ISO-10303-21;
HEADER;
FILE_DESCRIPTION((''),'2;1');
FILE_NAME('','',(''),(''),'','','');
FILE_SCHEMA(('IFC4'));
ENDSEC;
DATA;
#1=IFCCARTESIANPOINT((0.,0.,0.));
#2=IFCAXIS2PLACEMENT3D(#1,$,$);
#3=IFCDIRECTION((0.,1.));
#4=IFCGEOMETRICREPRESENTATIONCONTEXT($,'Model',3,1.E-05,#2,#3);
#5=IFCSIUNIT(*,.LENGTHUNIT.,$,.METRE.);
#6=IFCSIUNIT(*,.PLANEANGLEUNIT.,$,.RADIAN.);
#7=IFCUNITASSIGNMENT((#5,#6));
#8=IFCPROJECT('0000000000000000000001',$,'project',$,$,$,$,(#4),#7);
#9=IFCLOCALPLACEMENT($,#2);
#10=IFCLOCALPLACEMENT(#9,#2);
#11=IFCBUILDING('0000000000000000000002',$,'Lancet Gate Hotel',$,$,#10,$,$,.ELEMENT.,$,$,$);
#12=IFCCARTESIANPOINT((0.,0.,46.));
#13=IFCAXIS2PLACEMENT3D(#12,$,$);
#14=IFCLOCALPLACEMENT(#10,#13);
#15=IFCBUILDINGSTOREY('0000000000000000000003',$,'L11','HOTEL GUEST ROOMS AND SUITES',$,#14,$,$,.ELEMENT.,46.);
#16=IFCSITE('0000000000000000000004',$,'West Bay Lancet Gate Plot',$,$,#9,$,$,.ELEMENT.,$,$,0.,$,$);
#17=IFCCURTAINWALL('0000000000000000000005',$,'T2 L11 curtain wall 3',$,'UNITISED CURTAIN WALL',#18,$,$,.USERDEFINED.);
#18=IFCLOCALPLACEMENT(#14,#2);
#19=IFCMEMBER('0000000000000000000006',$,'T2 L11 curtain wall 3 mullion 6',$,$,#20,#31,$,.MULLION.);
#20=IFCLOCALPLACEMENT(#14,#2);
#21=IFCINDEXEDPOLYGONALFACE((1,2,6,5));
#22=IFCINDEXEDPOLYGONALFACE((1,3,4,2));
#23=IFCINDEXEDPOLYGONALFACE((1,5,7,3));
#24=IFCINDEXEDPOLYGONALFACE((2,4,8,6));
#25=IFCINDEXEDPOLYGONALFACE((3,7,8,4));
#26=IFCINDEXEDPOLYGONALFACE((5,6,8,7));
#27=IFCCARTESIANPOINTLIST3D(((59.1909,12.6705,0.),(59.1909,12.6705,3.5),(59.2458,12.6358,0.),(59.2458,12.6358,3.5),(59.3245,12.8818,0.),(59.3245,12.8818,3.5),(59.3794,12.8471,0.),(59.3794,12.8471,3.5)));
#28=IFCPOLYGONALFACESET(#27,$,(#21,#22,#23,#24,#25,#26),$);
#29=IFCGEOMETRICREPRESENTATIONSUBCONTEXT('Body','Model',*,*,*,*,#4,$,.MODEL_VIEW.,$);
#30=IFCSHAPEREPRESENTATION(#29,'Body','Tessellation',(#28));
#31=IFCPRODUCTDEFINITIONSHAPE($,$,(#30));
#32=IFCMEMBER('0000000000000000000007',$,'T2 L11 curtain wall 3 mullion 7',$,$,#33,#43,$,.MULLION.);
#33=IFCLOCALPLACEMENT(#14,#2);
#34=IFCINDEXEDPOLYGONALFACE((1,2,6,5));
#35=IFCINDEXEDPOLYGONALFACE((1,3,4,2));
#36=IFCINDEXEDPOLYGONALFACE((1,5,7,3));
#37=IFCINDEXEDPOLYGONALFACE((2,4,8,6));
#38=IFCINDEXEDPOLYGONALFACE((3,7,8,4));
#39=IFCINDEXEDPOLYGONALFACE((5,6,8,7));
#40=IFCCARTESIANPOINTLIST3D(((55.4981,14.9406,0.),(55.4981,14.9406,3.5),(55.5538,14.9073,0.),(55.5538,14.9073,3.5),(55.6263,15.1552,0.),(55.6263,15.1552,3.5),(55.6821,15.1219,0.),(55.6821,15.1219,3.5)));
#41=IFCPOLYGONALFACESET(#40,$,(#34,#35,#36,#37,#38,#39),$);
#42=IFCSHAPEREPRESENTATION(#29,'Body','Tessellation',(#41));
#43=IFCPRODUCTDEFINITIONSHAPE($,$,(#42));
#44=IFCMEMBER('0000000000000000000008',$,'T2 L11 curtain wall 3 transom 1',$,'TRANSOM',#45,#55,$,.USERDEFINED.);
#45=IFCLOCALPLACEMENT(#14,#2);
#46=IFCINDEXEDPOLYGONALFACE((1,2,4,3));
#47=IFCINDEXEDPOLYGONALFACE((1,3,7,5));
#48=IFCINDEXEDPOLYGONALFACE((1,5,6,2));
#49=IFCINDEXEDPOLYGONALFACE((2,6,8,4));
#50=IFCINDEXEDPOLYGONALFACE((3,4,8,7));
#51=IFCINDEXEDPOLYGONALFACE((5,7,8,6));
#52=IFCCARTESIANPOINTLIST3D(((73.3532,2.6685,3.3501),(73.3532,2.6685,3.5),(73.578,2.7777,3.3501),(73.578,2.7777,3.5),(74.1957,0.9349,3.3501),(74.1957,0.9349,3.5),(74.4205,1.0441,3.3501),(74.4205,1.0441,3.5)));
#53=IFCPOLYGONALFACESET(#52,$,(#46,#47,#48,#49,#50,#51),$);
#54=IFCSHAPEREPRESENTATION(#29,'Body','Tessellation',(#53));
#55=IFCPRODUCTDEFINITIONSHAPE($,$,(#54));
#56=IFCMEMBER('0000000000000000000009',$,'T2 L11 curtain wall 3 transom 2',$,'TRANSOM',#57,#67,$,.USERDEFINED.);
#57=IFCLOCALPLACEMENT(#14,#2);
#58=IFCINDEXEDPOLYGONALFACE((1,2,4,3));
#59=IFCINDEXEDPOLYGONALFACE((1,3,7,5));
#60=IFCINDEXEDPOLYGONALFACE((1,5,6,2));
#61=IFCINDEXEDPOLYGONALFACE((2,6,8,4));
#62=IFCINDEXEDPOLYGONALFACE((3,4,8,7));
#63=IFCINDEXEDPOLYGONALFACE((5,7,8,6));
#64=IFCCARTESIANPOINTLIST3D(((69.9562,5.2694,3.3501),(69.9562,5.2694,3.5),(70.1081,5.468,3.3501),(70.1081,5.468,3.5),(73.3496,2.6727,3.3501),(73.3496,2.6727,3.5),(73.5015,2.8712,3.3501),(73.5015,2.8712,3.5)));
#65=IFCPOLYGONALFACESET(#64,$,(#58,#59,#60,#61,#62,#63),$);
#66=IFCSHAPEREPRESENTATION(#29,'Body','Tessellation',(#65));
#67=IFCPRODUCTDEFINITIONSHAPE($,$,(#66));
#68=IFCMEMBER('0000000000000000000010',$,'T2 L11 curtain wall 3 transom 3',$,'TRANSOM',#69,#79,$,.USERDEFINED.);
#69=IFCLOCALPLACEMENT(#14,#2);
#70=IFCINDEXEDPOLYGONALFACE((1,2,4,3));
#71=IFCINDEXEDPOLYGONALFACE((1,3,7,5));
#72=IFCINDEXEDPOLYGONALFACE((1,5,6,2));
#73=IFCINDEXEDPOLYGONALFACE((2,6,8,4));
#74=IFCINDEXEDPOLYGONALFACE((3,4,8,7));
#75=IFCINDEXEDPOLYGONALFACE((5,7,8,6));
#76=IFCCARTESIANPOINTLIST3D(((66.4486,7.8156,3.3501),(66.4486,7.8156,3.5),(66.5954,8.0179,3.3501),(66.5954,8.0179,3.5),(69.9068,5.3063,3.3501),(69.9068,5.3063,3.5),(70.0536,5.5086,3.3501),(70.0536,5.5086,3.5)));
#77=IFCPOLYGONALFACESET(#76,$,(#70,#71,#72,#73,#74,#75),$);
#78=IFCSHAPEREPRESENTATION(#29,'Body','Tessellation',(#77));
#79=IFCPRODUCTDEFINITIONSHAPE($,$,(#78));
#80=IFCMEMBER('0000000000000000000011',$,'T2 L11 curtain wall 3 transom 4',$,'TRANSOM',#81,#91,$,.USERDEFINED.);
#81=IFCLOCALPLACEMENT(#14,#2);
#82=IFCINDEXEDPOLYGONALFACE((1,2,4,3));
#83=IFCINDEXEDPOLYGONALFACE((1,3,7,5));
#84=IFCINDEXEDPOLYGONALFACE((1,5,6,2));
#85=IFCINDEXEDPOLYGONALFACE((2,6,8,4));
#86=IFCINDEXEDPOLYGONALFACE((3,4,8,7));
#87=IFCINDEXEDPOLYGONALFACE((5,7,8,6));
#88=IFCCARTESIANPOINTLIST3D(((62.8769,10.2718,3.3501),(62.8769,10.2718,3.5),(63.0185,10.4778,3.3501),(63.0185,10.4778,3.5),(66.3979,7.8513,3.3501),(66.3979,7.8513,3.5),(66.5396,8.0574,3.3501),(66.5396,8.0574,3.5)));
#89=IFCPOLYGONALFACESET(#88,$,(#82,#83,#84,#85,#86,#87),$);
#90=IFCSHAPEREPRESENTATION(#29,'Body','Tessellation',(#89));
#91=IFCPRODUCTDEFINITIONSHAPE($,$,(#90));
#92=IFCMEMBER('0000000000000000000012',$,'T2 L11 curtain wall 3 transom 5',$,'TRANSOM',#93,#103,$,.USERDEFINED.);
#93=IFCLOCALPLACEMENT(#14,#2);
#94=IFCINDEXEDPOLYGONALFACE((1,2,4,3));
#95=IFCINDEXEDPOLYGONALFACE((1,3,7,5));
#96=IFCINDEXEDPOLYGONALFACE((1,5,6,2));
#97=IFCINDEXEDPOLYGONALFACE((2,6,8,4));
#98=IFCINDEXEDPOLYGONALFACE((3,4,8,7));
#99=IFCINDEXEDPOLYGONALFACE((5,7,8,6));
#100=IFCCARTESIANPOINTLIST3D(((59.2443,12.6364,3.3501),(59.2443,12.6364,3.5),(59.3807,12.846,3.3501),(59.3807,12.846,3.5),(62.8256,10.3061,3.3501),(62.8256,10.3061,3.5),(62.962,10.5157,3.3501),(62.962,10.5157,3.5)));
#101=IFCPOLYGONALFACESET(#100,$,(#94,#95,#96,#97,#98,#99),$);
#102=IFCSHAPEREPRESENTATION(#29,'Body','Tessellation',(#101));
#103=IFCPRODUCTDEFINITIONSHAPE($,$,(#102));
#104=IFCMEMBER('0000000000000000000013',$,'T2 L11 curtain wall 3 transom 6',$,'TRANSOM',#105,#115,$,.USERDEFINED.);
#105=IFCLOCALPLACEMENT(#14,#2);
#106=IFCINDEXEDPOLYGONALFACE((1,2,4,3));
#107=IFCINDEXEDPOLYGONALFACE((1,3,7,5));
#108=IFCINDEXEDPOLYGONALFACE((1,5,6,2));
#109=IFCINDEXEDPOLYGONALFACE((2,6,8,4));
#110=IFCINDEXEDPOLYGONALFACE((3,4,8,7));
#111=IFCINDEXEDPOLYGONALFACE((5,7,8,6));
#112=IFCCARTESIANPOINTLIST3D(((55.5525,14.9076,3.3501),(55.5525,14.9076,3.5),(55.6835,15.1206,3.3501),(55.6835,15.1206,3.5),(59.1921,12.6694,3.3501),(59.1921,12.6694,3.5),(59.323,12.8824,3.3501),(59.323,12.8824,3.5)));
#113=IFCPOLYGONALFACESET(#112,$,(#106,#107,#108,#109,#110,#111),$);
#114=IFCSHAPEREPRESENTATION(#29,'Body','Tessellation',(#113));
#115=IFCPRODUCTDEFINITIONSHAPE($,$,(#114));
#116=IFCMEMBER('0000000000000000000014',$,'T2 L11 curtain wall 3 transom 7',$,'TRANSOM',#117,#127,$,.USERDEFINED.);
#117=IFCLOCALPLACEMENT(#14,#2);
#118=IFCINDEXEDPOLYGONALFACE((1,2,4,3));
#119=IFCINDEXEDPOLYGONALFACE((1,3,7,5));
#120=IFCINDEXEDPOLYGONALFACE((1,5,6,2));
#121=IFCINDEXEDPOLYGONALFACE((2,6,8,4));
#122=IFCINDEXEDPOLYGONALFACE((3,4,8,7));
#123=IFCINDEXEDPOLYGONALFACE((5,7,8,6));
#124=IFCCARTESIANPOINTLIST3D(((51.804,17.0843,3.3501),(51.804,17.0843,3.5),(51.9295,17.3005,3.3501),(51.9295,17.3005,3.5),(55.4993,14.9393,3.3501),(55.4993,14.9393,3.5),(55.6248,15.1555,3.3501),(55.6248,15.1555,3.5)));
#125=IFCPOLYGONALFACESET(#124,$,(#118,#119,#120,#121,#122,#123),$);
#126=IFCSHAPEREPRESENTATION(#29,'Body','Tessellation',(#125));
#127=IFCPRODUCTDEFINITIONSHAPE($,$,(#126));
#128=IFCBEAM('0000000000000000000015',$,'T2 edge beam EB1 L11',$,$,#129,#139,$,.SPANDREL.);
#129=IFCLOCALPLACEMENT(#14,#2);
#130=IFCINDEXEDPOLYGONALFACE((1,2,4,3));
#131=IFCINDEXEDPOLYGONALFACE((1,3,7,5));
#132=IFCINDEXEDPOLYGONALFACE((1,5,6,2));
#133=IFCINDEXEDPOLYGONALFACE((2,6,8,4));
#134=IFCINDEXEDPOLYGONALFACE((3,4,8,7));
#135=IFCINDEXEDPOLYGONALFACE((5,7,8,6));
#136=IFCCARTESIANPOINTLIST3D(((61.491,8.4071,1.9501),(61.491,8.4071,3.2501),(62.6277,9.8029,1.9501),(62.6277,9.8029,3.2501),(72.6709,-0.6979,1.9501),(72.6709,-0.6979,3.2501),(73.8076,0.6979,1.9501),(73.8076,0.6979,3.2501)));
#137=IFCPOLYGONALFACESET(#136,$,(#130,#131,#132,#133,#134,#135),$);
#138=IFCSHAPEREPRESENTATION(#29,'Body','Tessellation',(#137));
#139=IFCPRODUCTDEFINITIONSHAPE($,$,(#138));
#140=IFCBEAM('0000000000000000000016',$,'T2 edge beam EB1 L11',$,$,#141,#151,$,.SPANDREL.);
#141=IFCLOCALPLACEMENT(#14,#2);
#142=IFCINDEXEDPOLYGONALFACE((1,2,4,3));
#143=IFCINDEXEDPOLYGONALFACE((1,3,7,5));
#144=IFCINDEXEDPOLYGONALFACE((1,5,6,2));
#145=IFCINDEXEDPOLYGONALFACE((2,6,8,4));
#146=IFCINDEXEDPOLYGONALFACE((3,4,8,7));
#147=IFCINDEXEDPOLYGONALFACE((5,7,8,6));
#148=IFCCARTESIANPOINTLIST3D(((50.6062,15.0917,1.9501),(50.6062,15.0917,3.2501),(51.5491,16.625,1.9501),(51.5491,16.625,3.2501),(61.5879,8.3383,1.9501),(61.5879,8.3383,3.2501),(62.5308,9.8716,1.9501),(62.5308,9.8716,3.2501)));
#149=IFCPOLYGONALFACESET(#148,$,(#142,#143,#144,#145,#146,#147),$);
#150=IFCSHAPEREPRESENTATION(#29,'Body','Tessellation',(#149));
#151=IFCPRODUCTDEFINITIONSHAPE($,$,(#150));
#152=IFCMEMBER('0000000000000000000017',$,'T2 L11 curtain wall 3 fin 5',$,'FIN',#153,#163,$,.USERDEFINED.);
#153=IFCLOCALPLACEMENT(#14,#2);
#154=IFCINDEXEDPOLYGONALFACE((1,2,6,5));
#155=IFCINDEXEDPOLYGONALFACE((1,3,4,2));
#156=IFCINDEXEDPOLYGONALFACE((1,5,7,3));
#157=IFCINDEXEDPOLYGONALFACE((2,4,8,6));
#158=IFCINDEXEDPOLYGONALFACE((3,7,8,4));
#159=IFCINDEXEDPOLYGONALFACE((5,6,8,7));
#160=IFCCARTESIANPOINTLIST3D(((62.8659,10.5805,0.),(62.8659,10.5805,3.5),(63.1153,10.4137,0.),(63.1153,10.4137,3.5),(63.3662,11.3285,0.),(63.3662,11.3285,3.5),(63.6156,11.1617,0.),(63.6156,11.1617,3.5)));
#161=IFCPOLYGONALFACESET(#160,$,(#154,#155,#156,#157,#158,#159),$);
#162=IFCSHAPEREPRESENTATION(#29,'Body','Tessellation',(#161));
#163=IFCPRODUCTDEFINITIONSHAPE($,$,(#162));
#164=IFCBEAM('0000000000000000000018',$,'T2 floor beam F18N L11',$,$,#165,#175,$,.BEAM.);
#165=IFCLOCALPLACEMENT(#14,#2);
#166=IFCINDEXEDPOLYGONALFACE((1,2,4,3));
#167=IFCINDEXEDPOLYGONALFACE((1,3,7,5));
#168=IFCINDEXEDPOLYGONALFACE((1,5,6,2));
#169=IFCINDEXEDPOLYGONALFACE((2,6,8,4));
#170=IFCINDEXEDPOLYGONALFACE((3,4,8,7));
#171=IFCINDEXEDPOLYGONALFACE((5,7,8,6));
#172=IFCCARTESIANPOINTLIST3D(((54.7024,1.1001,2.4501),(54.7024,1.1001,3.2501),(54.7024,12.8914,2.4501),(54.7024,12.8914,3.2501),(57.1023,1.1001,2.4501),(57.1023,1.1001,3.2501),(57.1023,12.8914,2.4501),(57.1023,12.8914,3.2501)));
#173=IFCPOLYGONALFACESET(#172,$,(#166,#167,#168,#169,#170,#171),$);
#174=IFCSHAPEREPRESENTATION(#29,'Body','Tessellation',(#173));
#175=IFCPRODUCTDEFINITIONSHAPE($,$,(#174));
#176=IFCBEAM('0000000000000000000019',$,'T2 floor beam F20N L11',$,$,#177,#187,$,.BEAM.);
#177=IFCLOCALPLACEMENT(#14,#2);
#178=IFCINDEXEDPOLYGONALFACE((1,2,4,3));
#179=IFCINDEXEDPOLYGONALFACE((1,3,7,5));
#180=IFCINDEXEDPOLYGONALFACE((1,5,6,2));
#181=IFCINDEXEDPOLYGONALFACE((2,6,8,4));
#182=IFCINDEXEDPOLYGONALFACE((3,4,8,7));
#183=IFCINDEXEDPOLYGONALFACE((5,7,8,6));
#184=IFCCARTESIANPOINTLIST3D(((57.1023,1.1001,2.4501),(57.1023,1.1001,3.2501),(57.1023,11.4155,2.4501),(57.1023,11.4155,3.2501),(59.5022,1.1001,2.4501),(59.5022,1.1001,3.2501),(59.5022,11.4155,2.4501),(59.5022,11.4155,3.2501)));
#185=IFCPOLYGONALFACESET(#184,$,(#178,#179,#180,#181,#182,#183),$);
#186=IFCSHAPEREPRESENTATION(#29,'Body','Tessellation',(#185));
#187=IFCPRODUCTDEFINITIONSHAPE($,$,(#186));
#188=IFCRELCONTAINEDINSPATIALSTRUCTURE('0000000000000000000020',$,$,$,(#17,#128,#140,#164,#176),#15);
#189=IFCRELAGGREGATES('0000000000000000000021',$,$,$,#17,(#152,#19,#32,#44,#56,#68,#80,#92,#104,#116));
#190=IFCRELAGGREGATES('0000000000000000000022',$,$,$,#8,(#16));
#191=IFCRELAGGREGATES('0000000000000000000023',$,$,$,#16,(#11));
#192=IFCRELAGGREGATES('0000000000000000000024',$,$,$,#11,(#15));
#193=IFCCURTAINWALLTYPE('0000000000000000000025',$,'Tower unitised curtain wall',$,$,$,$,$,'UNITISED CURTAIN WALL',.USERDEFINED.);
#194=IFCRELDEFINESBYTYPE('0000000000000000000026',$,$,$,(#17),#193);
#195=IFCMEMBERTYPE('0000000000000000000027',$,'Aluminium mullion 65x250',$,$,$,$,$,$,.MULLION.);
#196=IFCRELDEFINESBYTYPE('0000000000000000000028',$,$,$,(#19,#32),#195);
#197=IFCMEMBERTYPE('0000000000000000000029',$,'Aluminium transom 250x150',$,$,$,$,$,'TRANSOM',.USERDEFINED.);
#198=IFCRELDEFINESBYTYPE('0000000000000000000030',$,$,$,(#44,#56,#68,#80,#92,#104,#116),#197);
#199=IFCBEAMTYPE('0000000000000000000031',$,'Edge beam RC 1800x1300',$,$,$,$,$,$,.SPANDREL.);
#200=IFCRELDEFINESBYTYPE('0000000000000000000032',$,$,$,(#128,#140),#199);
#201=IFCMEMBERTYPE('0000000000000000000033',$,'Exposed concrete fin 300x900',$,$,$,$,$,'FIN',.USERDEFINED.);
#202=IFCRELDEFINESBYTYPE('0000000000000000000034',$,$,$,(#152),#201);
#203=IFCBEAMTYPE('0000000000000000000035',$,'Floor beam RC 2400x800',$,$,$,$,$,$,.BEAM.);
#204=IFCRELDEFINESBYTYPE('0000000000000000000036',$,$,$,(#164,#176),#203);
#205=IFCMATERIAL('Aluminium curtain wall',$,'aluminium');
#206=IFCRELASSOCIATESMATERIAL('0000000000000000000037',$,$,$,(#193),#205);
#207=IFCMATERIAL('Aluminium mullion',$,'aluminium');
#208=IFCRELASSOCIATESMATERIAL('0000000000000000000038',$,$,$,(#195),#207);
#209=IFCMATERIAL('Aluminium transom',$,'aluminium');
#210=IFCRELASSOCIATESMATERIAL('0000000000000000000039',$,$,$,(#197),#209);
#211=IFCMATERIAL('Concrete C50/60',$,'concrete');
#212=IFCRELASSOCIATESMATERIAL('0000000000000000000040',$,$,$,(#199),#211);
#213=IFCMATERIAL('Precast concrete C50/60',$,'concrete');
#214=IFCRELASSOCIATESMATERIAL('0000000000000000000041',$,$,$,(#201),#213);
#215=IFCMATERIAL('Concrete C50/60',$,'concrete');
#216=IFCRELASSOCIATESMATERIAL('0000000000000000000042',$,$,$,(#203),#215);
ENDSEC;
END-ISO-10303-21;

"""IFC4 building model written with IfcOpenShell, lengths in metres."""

from ifc_helpers import new_model, si_unit, direction, frame, origin, origin_2d, place, context, subcontext, project, spatial, rectangle, extrude, material, material_profile, profile_set, type_object, element, aggregate, save


model = new_model("IFC4")

# Units and contexts
model_context = context("Model", 3, precision=1e-05, world=origin(), true_north=direction((0.0, 1.0)))
body_context = subcontext(model_context, "Body", "Model", "MODEL_VIEW")
ifc_project = project(units=[si_unit("LENGTHUNIT", "METRE"), si_unit("PLANEANGLEUNIT", "RADIAN")], contexts=[model_context])

# Site, building, storey
site_placement = place(None, origin())
site = spatial("IfcSite", under=ifc_project, at=site_placement, Name="West Bay Lancet Gate Plot", CompositionType="ELEMENT", RefElevation=0.0)
building_placement = place(site_placement, origin())
building = spatial("IfcBuilding", under=site, at=building_placement, Name="Lancet Gate Hotel", CompositionType="ELEMENT")
storey_placement = place(building_placement, frame((0.0, 0.0, 46.0)))
storey = spatial("IfcBuildingStorey", under=building, at=storey_placement, Name="L11", Description="HOTEL GUEST ROOMS AND SUITES", CompositionType="ELEMENT", Elevation=46.0)

# Curtain wall, members
ifc_material_1 = material(Name="Aluminium curtain wall", Category="aluminium")
curtain_wall_type = type_object("IfcCurtainWallType", Name="Tower unitised curtain wall", ElementType="UNITISED CURTAIN WALL", PredefinedType="USERDEFINED", material=ifc_material_1)
curtain_wall_placement = place(storey_placement, origin())
curtain_wall = element("IfcCurtainWall", 1, at=curtain_wall_placement, inside=storey, type_object=curtain_wall_type, Name="T2 L11 curtain wall 3", ObjectType="UNITISED CURTAIN WALL", PredefinedType="USERDEFINED")
ifc_material_2 = material(Name="Aluminium mullion", Category="aluminium")
ifc_material_profile_1 = material_profile(ifc_material_2, rectangle(XDim=0.0649, YDim=0.25, at=origin_2d()), Name="MULLION 65x250")
ifc_profile_set_1 = profile_set([ifc_material_profile_1], Name="Aluminium mullion")
member_type_1 = type_object("IfcMemberType", Name="Aluminium mullion 65x250", PredefinedType="MULLION", material=ifc_profile_set_1)
member_1_placement = place(storey_placement, frame((59.2852, 12.7588, 0.0), z_axis=(0.0, 0.0, 1.0), x_axis=(-0.845079, 0.534641, 0.0)))
member_1 = element("IfcMember", 2, at=member_1_placement, type_object=member_type_1, Name="T2 L11 curtain wall 3 mullion 6", PredefinedType="MULLION", context=body_context, shape_type="SweptSolid", body=[
    extrude(rectangle(XDim=0.0649, YDim=0.25, at=origin_2d()), origin(), (0.0, 0.0, 1.0), 3.5),
])
member_2_placement = place(storey_placement, frame((55.5901, 15.0312, 0.0), z_axis=(0.0, 0.0, 1.0), x_axis=(-0.858413, 0.512959, 0.0)))
member_2 = element("IfcMember", 3, at=member_2_placement, type_object=member_type_1, Name="T2 L11 curtain wall 3 mullion 7", PredefinedType="MULLION", context=body_context, shape_type="SweptSolid", body=[
    extrude(rectangle(XDim=0.0649, YDim=0.25, at=origin_2d()), origin(), (0.0, 0.0, 1.0), 3.5),
])
ifc_material_3 = material(Name="Aluminium transom", Category="aluminium")
ifc_material_profile_2 = material_profile(ifc_material_3, rectangle(XDim=0.25, YDim=0.1499, at=origin_2d()), Name="TRANSOM 250x150")
ifc_profile_set_2 = profile_set([ifc_material_profile_2], Name="Aluminium transom")
member_type_2 = type_object("IfcMemberType", Name="Aluminium transom 250x150", ElementType="TRANSOM", PredefinedType="USERDEFINED", material=ifc_profile_set_2)
member_3_placement = place(storey_placement, frame((74.3081, 0.9895, 3.425), z_axis=(-0.437103, 0.899411, 0.0), x_axis=(-0.899411, -0.437103, 0.0)))
member_3 = element("IfcMember", 4, at=member_3_placement, type_object=member_type_2, Name="T2 L11 curtain wall 3 transom 1", ObjectType="TRANSOM", PredefinedType="USERDEFINED", context=body_context, shape_type="SweptSolid", body=[
    extrude(rectangle(XDim=0.25, YDim=0.1499, at=origin_2d()), origin(), (0.0, 0.0, 1.0), 1.9275),
])
member_4_placement = place(storey_placement, frame((73.4255, 2.772, 3.425), z_axis=(-0.794155, 0.607715, 0.0), x_axis=(-0.607715, -0.794155, 0.0)))
member_4 = element("IfcMember", 5, at=member_4_placement, type_object=member_type_2, Name="T2 L11 curtain wall 3 transom 2", ObjectType="TRANSOM", PredefinedType="USERDEFINED", context=body_context, shape_type="SweptSolid", body=[
    extrude(rectangle(XDim=0.25, YDim=0.1499, at=origin_2d()), origin(), (0.0, 0.0, 1.0), 4.2729),
])
member_5_placement = place(storey_placement, frame((69.9802, 5.4075, 3.425), z_axis=(-0.809383, 0.587281, 0.0), x_axis=(-0.587281, -0.809383, 0.0)))
member_5 = element("IfcMember", 6, at=member_5_placement, type_object=member_type_2, Name="T2 L11 curtain wall 3 transom 3", ObjectType="TRANSOM", PredefinedType="USERDEFINED", context=body_context, shape_type="SweptSolid", body=[
    extrude(rectangle(XDim=0.25, YDim=0.1499, at=origin_2d()), origin(), (0.0, 0.0, 1.0), 4.2727),
])
member_6_placement = place(storey_placement, frame((66.4688, 7.9543, 3.425), z_axis=(-0.824072, 0.566485, 0.0), x_axis=(-0.566485, -0.824072, 0.0)))
member_6 = element("IfcMember", 7, at=member_6_placement, type_object=member_type_2, Name="T2 L11 curtain wall 3 transom 4", ObjectType="TRANSOM", PredefinedType="USERDEFINED", context=body_context, shape_type="SweptSolid", body=[
    extrude(rectangle(XDim=0.25, YDim=0.1499, at=origin_2d()), origin(), (0.0, 0.0, 1.0), 4.2727),
])
member_7_placement = place(storey_placement, frame((62.8938, 10.4109, 3.425), z_axis=(-0.838179, 0.545396, 0.0), x_axis=(-0.545396, -0.838179, 0.0)))
member_7 = element("IfcMember", 8, at=member_7_placement, type_object=member_type_2, Name="T2 L11 curtain wall 3 transom 5", ObjectType="TRANSOM", PredefinedType="USERDEFINED", context=body_context, shape_type="SweptSolid", body=[
    extrude(rectangle(XDim=0.25, YDim=0.1499, at=origin_2d()), origin(), (0.0, 0.0, 1.0), 4.2727),
])
member_8_placement = place(storey_placement, frame((59.2576, 12.7759, 3.425), z_axis=(-0.851815, 0.523842, 0.0), x_axis=(-0.523842, -0.851815, 0.0)))
member_8 = element("IfcMember", 9, at=member_8_placement, type_object=member_type_2, Name="T2 L11 curtain wall 3 transom 6", ObjectType="TRANSOM", PredefinedType="USERDEFINED", context=body_context, shape_type="SweptSolid", body=[
    extrude(rectangle(XDim=0.25, YDim=0.1499, at=origin_2d()), origin(), (0.0, 0.0, 1.0), 4.2727),
])
member_9_placement = place(storey_placement, frame((55.562, 15.0474, 3.425), z_axis=(-0.864855, 0.502022, 0.0), x_axis=(-0.502022, -0.864855, 0.0)))
member_9 = element("IfcMember", 10, at=member_9_placement, type_object=member_type_2, Name="T2 L11 curtain wall 3 transom 7", ObjectType="TRANSOM", PredefinedType="USERDEFINED", context=body_context, shape_type="SweptSolid", body=[
    extrude(rectangle(XDim=0.25, YDim=0.1499, at=origin_2d()), origin(), (0.0, 0.0, 1.0), 4.2727),
])

# Beams
ifc_material_4 = material(Name="Concrete C50/60", Category="concrete")
ifc_material_profile_3 = material_profile(ifc_material_4, rectangle(XDim=1.8, YDim=1.3, at=origin_2d()), Name="RC 1800x1300")
ifc_profile_set_3 = profile_set([ifc_material_profile_3], Name="Concrete C50/60")
beam_type_1 = type_object("IfcBeamType", Name="Edge beam RC 1800x1300", PredefinedType="SPANDREL", material=ifc_profile_set_3)
beam_1_placement = place(storey_placement, frame((73.2393, 0.0, 2.6001), z_axis=(-0.775391, 0.631481, 0.0), x_axis=(-0.631481, -0.775391, 0.0)))
element("IfcBeam", 11, at=beam_1_placement, inside=storey, type_object=beam_type_1, Name="T2 edge beam EB1 L11", PredefinedType="SPANDREL", context=body_context, shape_type="SweptSolid", body=[
    extrude(rectangle(XDim=1.8, YDim=1.3, at=origin_2d()), origin(), (0.0, 0.0, 1.0), 14.4185),
])
beam_2_placement = place(storey_placement, frame((62.0593, 9.105, 2.6001), z_axis=(-0.851816, 0.523842, 0.0), x_axis=(-0.523842, -0.851816, 0.0)))
element("IfcBeam", 12, at=beam_2_placement, inside=storey, type_object=beam_type_1, Name="T2 edge beam EB1 L11", PredefinedType="SPANDREL", context=body_context, shape_type="SweptSolid", body=[
    extrude(rectangle(XDim=1.8, YDim=1.3, at=origin_2d()), origin(), (0.0, 0.0, 1.0), 12.8921),
])

# Member
ifc_material_5 = material(Name="Precast concrete C50/60", Category="concrete")
ifc_material_profile_4 = material_profile(ifc_material_5, rectangle(XDim=0.3, YDim=0.8999, at=origin_2d()), Name="FIN 300x900")
ifc_profile_set_4 = profile_set([ifc_material_profile_4], Name="Precast concrete C50/60")
member_type_3 = type_object("IfcMemberType", Name="Exposed concrete fin 300x900", ElementType="FIN", PredefinedType="USERDEFINED", material=ifc_profile_set_4)
member_10_placement = place(storey_placement, frame((63.2407, 10.8711, 0.0), z_axis=(0.0, 0.0, 1.0), x_axis=(-0.831198, 0.555976, 0.0)))
member_10 = element("IfcMember", 13, at=member_10_placement, type_object=member_type_3, Name="T2 L11 curtain wall 3 fin 5", ObjectType="FIN", PredefinedType="USERDEFINED", context=body_context, shape_type="SweptSolid", body=[
    extrude(rectangle(XDim=0.3, YDim=0.8999, at=origin_2d()), origin(), (0.0, 0.0, 1.0), 3.5),
])

# Beams
ifc_material_6 = material(Name="Concrete C50/60", Category="concrete")
ifc_material_profile_5 = material_profile(ifc_material_6, rectangle(XDim=2.3999, YDim=0.8, at=origin_2d()), Name="RC 2400x800")
ifc_profile_set_5 = profile_set([ifc_material_profile_5], Name="Concrete C50/60")
beam_type_2 = type_object("IfcBeamType", Name="Floor beam RC 2400x800", PredefinedType="BEAM", material=ifc_profile_set_5)
beam_3_placement = place(storey_placement, frame((55.9023, 1.1001, 2.8501), z_axis=(0.0, 1.0, 0.0), x_axis=(-1.0, 0.0, 0.0)))
element("IfcBeam", 14, at=beam_3_placement, inside=storey, type_object=beam_type_2, Name="T2 floor beam F18N L11", PredefinedType="BEAM", context=body_context, shape_type="SweptSolid", body=[
    extrude(rectangle(XDim=2.3999, YDim=0.8, at=origin_2d()), origin(), (0.0, 0.0, 1.0), 11.7913),
])
beam_4_placement = place(storey_placement, frame((58.3022, 1.1001, 2.8501), z_axis=(0.0, 1.0, 0.0), x_axis=(-1.0, 0.0, 0.0)))
element("IfcBeam", 15, at=beam_4_placement, inside=storey, type_object=beam_type_2, Name="T2 floor beam F20N L11", PredefinedType="BEAM", context=body_context, shape_type="SweptSolid", body=[
    extrude(rectangle(XDim=2.3999, YDim=0.8, at=origin_2d()), origin(), (0.0, 0.0, 1.0), 10.3154),
])

aggregate(curtain_wall, [member_10, member_1, member_2, member_3, member_4, member_5, member_6, member_7, member_8, member_9])

save(model, "model.ifc")
